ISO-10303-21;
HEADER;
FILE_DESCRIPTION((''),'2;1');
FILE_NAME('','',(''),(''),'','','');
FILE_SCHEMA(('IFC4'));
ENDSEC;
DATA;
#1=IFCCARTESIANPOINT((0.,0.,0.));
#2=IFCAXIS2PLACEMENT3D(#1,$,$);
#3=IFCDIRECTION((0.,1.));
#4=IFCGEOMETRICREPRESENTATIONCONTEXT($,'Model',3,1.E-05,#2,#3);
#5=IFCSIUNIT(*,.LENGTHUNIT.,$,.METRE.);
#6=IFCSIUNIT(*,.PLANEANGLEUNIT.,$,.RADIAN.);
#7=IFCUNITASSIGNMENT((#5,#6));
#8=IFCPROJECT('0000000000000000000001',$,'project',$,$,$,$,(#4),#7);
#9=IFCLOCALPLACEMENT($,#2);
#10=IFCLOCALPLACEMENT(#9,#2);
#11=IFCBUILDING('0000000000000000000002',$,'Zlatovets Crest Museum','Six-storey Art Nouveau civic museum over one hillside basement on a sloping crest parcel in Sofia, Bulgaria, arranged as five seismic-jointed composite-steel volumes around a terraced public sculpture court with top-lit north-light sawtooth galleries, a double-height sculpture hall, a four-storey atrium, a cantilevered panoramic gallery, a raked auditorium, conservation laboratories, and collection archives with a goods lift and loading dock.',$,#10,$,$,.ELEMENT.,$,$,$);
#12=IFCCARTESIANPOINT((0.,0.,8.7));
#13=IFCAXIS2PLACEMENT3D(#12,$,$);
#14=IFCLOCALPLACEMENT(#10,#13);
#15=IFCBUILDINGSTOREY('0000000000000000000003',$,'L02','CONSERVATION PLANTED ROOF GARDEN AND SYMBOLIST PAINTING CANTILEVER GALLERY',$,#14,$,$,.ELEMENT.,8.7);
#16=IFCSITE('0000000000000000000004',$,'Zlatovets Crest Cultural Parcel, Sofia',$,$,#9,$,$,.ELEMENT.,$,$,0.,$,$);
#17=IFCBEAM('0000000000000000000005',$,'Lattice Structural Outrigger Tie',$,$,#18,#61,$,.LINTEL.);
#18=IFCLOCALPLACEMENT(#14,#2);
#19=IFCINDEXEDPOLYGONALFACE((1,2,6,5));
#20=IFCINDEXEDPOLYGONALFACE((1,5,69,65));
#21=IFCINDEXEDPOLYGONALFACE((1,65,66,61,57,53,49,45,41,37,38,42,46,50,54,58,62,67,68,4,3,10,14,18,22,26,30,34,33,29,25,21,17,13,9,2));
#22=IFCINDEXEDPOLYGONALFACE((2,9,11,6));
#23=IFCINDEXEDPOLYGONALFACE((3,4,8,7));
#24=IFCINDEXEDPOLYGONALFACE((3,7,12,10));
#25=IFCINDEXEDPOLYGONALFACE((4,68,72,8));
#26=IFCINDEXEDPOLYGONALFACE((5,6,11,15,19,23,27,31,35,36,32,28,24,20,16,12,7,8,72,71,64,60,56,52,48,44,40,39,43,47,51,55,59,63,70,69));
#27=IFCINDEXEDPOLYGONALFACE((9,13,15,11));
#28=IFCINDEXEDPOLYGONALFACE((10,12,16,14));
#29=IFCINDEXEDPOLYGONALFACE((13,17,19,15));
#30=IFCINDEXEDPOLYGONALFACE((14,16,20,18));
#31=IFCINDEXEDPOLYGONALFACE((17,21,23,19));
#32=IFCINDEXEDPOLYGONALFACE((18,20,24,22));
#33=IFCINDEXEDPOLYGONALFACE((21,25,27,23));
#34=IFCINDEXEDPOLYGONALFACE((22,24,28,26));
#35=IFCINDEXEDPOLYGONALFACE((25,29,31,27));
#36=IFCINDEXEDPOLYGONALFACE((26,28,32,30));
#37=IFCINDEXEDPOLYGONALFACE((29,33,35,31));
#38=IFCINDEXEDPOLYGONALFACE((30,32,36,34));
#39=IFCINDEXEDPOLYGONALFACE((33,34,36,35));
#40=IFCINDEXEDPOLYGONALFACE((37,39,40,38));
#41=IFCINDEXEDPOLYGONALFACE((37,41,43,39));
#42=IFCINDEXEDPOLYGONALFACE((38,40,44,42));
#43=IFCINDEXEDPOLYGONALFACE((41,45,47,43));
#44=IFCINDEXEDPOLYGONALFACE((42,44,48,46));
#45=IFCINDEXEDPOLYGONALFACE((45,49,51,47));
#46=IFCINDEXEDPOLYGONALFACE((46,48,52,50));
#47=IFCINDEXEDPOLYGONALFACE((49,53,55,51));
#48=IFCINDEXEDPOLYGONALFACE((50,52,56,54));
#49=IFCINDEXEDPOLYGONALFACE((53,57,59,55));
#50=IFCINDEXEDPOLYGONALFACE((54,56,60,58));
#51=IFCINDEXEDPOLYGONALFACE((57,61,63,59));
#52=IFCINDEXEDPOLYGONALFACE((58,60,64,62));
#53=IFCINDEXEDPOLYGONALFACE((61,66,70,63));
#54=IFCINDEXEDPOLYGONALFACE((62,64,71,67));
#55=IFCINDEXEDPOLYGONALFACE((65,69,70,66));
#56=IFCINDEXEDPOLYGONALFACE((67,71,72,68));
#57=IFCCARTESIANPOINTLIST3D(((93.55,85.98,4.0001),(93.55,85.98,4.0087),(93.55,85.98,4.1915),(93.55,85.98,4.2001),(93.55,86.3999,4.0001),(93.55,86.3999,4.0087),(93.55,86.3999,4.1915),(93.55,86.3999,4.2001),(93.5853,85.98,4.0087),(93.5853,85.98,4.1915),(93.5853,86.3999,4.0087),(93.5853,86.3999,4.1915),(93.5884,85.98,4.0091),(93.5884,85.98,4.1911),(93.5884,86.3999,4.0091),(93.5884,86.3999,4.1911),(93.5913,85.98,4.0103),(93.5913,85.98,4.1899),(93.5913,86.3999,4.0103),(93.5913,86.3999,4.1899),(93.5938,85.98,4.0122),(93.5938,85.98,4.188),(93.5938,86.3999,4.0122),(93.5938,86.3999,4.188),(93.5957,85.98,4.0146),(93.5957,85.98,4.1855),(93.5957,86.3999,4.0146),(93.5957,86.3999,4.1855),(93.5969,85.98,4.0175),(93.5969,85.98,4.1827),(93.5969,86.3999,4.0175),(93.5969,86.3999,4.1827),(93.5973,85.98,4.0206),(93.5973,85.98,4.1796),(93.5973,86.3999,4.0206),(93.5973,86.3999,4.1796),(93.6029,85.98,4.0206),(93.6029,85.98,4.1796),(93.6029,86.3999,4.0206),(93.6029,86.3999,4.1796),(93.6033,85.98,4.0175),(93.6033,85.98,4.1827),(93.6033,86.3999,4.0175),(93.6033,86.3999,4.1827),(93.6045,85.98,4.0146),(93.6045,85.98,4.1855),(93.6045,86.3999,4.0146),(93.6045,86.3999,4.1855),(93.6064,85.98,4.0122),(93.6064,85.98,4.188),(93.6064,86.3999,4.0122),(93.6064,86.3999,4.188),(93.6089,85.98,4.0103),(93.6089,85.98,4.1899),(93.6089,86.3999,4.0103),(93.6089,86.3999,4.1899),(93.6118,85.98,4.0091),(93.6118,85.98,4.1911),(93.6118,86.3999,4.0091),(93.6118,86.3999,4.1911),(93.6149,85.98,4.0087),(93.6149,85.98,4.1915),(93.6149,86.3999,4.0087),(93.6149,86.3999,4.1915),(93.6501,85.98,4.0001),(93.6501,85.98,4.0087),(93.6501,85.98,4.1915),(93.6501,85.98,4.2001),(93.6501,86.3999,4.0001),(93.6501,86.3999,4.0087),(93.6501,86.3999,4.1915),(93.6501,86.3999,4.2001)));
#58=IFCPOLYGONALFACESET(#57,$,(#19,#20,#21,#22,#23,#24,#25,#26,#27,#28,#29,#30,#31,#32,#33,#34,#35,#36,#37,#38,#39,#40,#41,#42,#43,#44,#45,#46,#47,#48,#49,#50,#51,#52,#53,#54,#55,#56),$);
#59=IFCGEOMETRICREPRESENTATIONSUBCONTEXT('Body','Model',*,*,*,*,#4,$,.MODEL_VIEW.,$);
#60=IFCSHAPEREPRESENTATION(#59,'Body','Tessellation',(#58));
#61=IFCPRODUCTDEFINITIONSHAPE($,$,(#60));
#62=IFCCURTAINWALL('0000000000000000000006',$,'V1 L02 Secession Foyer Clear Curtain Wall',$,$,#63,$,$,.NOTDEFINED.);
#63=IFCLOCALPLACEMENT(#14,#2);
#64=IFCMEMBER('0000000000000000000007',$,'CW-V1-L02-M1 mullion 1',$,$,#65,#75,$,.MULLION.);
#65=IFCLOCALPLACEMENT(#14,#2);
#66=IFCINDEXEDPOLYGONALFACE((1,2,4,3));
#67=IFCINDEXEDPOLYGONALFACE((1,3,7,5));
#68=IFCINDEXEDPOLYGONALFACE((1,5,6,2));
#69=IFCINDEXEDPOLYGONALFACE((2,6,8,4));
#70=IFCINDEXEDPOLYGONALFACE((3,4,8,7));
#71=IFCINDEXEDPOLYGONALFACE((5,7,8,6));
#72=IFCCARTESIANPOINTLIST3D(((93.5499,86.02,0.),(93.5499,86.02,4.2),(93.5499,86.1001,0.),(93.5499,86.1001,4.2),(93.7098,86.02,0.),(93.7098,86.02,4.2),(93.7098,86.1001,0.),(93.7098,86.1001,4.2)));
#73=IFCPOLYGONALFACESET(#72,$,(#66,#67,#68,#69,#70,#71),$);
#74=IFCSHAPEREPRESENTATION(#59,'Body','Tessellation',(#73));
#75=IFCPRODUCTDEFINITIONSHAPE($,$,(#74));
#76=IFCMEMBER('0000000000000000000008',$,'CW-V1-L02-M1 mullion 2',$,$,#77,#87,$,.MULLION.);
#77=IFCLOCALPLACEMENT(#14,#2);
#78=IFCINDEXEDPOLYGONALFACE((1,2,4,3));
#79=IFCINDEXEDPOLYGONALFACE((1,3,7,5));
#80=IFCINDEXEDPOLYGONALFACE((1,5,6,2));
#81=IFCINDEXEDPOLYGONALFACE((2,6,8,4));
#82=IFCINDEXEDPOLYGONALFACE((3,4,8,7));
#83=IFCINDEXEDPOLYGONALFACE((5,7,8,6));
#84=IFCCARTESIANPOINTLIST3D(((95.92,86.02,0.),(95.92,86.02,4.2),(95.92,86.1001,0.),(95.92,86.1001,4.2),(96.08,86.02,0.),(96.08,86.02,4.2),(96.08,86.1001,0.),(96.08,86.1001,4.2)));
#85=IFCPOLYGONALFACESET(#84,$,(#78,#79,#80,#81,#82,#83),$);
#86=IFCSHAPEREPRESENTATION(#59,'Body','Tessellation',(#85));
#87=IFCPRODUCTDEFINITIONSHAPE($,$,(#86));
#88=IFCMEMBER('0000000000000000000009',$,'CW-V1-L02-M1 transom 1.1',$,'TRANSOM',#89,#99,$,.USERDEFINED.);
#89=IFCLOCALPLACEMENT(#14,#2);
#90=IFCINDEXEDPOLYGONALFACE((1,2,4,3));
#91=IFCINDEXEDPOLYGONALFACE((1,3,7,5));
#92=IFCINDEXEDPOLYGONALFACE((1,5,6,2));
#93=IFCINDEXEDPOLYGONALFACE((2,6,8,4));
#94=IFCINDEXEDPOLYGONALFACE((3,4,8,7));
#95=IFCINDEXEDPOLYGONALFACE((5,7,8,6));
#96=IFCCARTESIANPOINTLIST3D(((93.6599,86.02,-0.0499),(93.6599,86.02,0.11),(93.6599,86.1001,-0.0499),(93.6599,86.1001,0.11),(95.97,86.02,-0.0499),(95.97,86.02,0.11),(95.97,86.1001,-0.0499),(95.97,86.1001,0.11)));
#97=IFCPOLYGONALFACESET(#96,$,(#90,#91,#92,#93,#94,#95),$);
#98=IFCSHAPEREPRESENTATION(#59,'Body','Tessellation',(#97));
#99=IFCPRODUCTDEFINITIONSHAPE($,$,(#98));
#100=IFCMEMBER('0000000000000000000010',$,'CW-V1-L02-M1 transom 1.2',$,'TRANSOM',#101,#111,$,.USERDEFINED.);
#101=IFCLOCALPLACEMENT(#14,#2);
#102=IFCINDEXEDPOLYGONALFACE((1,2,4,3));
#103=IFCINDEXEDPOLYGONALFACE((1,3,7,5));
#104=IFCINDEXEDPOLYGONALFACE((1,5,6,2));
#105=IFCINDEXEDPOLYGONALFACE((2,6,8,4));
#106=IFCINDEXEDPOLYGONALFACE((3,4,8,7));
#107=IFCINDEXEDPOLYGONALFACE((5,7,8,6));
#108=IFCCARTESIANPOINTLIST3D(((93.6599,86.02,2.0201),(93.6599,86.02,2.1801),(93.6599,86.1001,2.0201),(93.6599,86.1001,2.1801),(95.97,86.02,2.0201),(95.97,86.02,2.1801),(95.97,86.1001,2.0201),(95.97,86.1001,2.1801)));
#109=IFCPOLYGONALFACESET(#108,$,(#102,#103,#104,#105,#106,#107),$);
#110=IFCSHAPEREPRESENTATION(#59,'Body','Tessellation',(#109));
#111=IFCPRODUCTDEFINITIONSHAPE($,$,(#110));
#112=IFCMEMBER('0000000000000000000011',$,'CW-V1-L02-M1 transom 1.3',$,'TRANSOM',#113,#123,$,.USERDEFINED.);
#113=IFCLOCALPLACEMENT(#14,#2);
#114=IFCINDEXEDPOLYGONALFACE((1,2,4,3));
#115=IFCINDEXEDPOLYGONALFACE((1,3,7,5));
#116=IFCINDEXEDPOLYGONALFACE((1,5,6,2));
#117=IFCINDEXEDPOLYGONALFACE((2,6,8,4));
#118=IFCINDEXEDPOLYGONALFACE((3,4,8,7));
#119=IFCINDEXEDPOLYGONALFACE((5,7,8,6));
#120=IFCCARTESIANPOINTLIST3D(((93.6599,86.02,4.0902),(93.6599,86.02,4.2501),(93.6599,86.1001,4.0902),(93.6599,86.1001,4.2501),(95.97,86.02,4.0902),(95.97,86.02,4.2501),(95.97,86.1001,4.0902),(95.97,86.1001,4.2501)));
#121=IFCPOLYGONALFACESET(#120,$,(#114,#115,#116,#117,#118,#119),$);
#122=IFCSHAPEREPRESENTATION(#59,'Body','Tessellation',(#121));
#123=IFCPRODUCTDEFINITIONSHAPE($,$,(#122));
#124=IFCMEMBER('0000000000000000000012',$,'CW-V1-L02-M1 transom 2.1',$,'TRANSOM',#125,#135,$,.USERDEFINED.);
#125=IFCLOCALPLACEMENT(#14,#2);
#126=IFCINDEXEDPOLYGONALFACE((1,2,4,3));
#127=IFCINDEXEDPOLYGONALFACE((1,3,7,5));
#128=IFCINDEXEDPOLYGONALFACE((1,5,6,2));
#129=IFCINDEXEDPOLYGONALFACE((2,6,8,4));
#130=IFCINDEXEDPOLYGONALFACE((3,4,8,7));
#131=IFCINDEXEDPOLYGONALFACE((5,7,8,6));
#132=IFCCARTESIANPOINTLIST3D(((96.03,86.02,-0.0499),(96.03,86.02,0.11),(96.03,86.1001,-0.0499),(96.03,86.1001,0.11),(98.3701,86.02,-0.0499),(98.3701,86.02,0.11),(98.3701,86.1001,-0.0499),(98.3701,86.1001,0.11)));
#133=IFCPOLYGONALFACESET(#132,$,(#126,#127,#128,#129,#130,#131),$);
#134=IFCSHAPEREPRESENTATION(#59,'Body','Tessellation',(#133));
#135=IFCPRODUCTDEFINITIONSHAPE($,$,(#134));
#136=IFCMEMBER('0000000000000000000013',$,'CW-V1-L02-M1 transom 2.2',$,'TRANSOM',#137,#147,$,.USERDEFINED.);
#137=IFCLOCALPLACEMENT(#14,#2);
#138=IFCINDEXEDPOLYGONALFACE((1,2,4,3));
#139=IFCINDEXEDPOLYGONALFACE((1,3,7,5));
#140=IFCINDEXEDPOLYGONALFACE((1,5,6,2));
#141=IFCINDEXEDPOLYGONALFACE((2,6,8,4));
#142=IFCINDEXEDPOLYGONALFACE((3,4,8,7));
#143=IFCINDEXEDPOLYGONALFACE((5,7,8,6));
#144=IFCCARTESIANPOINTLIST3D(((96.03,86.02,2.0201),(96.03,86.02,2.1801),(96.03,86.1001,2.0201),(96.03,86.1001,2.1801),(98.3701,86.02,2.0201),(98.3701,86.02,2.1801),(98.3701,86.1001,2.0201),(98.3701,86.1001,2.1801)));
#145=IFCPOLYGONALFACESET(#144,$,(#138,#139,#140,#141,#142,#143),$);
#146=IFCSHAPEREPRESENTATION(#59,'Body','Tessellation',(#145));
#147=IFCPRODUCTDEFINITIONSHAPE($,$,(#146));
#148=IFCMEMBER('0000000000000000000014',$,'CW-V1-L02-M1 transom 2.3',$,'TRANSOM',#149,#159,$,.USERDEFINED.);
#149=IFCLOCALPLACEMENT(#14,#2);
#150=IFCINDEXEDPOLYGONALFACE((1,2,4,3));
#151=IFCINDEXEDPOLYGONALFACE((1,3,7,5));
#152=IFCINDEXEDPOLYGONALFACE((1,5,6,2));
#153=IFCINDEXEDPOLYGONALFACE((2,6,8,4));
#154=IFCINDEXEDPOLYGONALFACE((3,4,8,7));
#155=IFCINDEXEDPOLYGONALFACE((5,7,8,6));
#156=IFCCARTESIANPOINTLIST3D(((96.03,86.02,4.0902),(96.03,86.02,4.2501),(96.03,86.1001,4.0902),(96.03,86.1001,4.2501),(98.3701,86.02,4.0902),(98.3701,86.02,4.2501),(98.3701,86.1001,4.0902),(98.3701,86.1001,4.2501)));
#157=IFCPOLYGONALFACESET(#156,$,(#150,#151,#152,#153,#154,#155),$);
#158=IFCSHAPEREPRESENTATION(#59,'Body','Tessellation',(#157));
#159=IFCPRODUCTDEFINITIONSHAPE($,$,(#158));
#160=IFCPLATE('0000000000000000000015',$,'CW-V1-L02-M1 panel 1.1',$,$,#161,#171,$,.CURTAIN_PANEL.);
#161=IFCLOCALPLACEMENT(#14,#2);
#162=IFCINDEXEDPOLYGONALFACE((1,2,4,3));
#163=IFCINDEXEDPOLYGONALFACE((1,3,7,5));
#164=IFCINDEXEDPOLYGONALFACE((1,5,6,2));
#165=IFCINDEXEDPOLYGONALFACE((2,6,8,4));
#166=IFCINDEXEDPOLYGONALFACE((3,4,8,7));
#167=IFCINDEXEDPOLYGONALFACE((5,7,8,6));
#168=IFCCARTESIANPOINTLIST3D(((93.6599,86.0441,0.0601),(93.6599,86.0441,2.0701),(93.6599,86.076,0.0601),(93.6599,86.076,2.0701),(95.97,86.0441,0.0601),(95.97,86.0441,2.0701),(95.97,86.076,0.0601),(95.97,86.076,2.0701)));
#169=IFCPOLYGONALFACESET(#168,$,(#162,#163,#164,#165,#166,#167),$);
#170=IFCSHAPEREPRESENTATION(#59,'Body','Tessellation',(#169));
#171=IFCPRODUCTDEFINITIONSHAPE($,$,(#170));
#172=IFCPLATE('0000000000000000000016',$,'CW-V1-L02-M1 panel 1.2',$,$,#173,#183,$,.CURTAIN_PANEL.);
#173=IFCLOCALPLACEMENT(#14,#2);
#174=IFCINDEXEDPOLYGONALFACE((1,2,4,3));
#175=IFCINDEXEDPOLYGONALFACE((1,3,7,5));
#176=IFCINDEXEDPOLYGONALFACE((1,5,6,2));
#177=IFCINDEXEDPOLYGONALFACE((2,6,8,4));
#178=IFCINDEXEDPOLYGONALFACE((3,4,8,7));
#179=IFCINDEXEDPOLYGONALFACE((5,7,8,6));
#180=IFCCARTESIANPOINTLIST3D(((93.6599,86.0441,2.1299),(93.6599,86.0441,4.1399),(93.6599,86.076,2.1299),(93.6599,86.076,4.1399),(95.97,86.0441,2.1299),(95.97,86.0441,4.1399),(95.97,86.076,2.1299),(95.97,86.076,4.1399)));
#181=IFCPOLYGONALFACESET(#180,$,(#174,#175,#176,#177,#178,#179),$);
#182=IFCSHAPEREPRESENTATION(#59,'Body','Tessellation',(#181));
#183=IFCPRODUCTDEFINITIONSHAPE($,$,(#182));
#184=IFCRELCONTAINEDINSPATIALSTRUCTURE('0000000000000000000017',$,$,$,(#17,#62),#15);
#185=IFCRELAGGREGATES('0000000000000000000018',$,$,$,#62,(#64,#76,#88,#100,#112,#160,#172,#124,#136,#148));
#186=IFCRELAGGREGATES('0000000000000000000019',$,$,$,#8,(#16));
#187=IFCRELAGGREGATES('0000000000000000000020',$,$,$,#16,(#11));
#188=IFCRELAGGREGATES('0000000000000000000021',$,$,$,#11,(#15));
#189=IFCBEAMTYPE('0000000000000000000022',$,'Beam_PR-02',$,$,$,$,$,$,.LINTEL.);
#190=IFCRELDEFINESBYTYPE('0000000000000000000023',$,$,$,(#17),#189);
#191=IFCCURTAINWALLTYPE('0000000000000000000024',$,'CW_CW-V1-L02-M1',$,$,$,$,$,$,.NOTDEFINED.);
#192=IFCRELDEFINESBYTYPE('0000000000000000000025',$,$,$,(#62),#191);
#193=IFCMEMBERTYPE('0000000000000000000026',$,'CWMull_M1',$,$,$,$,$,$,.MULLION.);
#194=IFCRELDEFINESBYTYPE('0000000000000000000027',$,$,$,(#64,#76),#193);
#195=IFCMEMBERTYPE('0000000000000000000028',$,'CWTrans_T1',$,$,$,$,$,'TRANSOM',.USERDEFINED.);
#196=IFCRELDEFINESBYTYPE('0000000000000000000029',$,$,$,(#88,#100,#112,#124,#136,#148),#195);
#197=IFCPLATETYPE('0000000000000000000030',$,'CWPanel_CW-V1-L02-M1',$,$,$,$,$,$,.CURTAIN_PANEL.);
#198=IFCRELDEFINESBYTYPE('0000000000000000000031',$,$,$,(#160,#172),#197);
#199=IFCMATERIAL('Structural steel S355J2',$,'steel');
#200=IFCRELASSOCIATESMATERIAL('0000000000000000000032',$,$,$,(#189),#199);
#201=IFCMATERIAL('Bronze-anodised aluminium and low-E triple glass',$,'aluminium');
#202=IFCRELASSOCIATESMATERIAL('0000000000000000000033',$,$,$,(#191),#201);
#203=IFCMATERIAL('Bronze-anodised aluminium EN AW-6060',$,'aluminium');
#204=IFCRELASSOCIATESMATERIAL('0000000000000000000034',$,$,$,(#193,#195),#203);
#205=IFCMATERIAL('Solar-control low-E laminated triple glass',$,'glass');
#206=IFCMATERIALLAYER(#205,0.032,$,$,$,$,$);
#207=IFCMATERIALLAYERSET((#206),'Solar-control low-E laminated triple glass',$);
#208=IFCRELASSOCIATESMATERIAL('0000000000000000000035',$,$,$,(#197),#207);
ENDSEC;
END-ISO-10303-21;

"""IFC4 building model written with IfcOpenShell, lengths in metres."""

from ifc_helpers import new_model, si_unit, direction, frame, origin, origin_2d, place, context, subcontext, project, spatial, rectangle, i_section, extrude, material, layer, layer_set, material_profile, profile_set, type_object, element, aggregate, save


model = new_model("IFC4")

# Units and contexts
model_context = context("Model", 3, precision=1e-05, world=origin(), true_north=direction((0.0, 1.0)))
body_context = subcontext(model_context, "Body", "Model", "MODEL_VIEW")
ifc_project = project(units=[si_unit("LENGTHUNIT", "METRE"), si_unit("PLANEANGLEUNIT", "RADIAN")], contexts=[model_context])

# Site, building, storey
site_placement = place(None, origin())
site = spatial("IfcSite", under=ifc_project, at=site_placement, Name="Zlatovets Crest Cultural Parcel, Sofia", CompositionType="ELEMENT", RefElevation=0.0)
building_placement = place(site_placement, origin())
building = spatial("IfcBuilding", under=site, at=building_placement, Name="Zlatovets Crest Museum", Description="Six-storey Art Nouveau civic museum over one hillside basement on a sloping crest parcel in Sofia, Bulgaria, arranged as five seismic-jointed composite-steel volumes around a terraced public sculpture court with top-lit north-light sawtooth galleries, a double-height sculpture hall, a four-storey atrium, a cantilevered panoramic gallery, a raked auditorium, conservation laboratories, and collection archives with a goods lift and loading dock.", CompositionType="ELEMENT")
storey_placement = place(building_placement, frame((0.0, 0.0, 8.7)))
storey = spatial("IfcBuildingStorey", under=building, at=storey_placement, Name="L02", Description="CONSERVATION PLANTED ROOF GARDEN AND SYMBOLIST PAINTING CANTILEVER GALLERY", CompositionType="ELEMENT", Elevation=8.7)

# Shared definitions
ifc_material_1 = material(Name="Structural steel S355J2", Category="steel")

# Beam
ifc_material_profile_1 = material_profile(ifc_material_1, i_section(OverallWidth=0.1001, OverallDepth=0.2, WebThickness=0.0056, FlangeThickness=0.0085, FilletRadius=0.012, at=origin_2d()), Name="IPE 200")
ifc_profile_set_1 = profile_set([ifc_material_profile_1], Name="Structural steel S355J2")
beam_type_1 = type_object("IfcBeamType", Name="Beam_PR-02", PredefinedType="LINTEL", material=ifc_profile_set_1)
for number, where, z_axis, x_axis, name in (
    (1, (93.6001, 86.3999, 4.1001), (0.0, -1.0, 0.0), (1.0, 0.0, 0.0), "Lattice Structural Outrigger Tie"),
):
    element("IfcBeam", number, at=place(storey_placement, frame(where, z_axis=z_axis, x_axis=x_axis)), inside=storey, type_object=beam_type_1, Name=name, PredefinedType="LINTEL", context=body_context, shape_type="SweptSolid", body=[
        extrude(i_section(OverallWidth=0.1001, OverallDepth=0.2, WebThickness=0.0056, FlangeThickness=0.0085, FilletRadius=0.012, at=origin_2d()), origin(), (0.0, 0.0, 1.0), 0.4199),
    ])

# Curtain wall, members, plates
ifc_material_2 = material(Name="Bronze-anodised aluminium and low-E triple glass", Category="aluminium")
curtain_wall_type = type_object("IfcCurtainWallType", Name="CW_CW-V1-L02-M1", PredefinedType="NOTDEFINED", material=ifc_material_2)
curtain_wall_placement = place(storey_placement, origin())
curtain_wall = element("IfcCurtainWall", 2, at=curtain_wall_placement, inside=storey, type_object=curtain_wall_type, Name="V1 L02 Secession Foyer Clear Curtain Wall", PredefinedType="NOTDEFINED")
ifc_material_3 = material(Name="Bronze-anodised aluminium EN AW-6060", Category="aluminium")
ifc_material_profile_2 = material_profile(ifc_material_3, rectangle(XDim=0.0801, YDim=0.1599, at=origin_2d()), Name="ALU 80x160")
ifc_profile_set_2 = profile_set([ifc_material_profile_2], Name="Bronze-anodised aluminium EN AW-6060")
member_type_1 = type_object("IfcMemberType", Name="CWMull_M1", PredefinedType="MULLION", material=ifc_profile_set_2)
member_1_placement = place(storey_placement, frame((93.6299, 86.0601, 0.0), z_axis=(0.0, 0.0, 1.0), x_axis=(0.0, 1.0, 0.0)))
member_1 = element("IfcMember", 3, at=member_1_placement, type_object=member_type_1, Name="CW-V1-L02-M1 mullion 1", PredefinedType="MULLION", context=body_context, shape_type="SweptSolid", body=[
    extrude(rectangle(XDim=0.0801, YDim=0.1599, at=origin_2d()), origin(), (0.0, 0.0, 1.0), 4.2),
])
member_2_placement = place(storey_placement, frame((96.0, 86.0601, 0.0), z_axis=(0.0, 0.0, 1.0), x_axis=(0.0, 1.0, 0.0)))
member_2 = element("IfcMember", 4, at=member_2_placement, type_object=member_type_1, Name="CW-V1-L02-M1 mullion 2", PredefinedType="MULLION", context=body_context, shape_type="SweptSolid", body=[
    extrude(rectangle(XDim=0.0801, YDim=0.1599, at=origin_2d()), origin(), (0.0, 0.0, 1.0), 4.2),
])
ifc_material_profile_3 = material_profile(ifc_material_3, rectangle(XDim=0.0801, YDim=0.1599, at=origin_2d()), Name="ALU 80x160")
ifc_profile_set_3 = profile_set([ifc_material_profile_3], Name="Bronze-anodised aluminium EN AW-6060")
member_type_2 = type_object("IfcMemberType", Name="CWTrans_T1", ElementType="TRANSOM", PredefinedType="USERDEFINED", material=ifc_profile_set_3)
member_3_placement = place(storey_placement, frame((93.6599, 86.0601, 0.03), z_axis=(1.0, 0.0, 0.0), x_axis=(0.0, 1.0, 0.0)))
member_3 = element("IfcMember", 5, at=member_3_placement, type_object=member_type_2, Name="CW-V1-L02-M1 transom 1.1", ObjectType="TRANSOM", PredefinedType="USERDEFINED", context=body_context, shape_type="SweptSolid", body=[
    extrude(rectangle(XDim=0.0801, YDim=0.1599, at=origin_2d()), origin(), (0.0, 0.0, 1.0), 2.3101),
])
member_4_placement = place(storey_placement, frame((93.6599, 86.0601, 2.1001), z_axis=(1.0, 0.0, 0.0), x_axis=(0.0, 1.0, 0.0)))
member_4 = element("IfcMember", 6, at=member_4_placement, type_object=member_type_2, Name="CW-V1-L02-M1 transom 1.2", ObjectType="TRANSOM", PredefinedType="USERDEFINED", context=body_context, shape_type="SweptSolid", body=[
    extrude(rectangle(XDim=0.0801, YDim=0.1599, at=origin_2d()), origin(), (0.0, 0.0, 1.0), 2.3101),
])
member_5_placement = place(storey_placement, frame((93.6599, 86.0601, 4.1702), z_axis=(1.0, 0.0, 0.0), x_axis=(0.0, 1.0, 0.0)))
member_5 = element("IfcMember", 7, at=member_5_placement, type_object=member_type_2, Name="CW-V1-L02-M1 transom 1.3", ObjectType="TRANSOM", PredefinedType="USERDEFINED", context=body_context, shape_type="SweptSolid", body=[
    extrude(rectangle(XDim=0.0801, YDim=0.1599, at=origin_2d()), origin(), (0.0, 0.0, 1.0), 2.3101),
])
member_6_placement = place(storey_placement, frame((96.03, 86.0601, 0.03), z_axis=(1.0, 0.0, 0.0), x_axis=(0.0, 1.0, 0.0)))
member_6 = element("IfcMember", 8, at=member_6_placement, type_object=member_type_2, Name="CW-V1-L02-M1 transom 2.1", ObjectType="TRANSOM", PredefinedType="USERDEFINED", context=body_context, shape_type="SweptSolid", body=[
    extrude(rectangle(XDim=0.0801, YDim=0.1599, at=origin_2d()), origin(), (0.0, 0.0, 1.0), 2.3401),
])
member_7_placement = place(storey_placement, frame((96.03, 86.0601, 2.1001), z_axis=(1.0, 0.0, 0.0), x_axis=(0.0, 1.0, 0.0)))
member_7 = element("IfcMember", 9, at=member_7_placement, type_object=member_type_2, Name="CW-V1-L02-M1 transom 2.2", ObjectType="TRANSOM", PredefinedType="USERDEFINED", context=body_context, shape_type="SweptSolid", body=[
    extrude(rectangle(XDim=0.0801, YDim=0.1599, at=origin_2d()), origin(), (0.0, 0.0, 1.0), 2.3401),
])
member_8_placement = place(storey_placement, frame((96.03, 86.0601, 4.1702), z_axis=(1.0, 0.0, 0.0), x_axis=(0.0, 1.0, 0.0)))
member_8 = element("IfcMember", 10, at=member_8_placement, type_object=member_type_2, Name="CW-V1-L02-M1 transom 2.3", ObjectType="TRANSOM", PredefinedType="USERDEFINED", context=body_context, shape_type="SweptSolid", body=[
    extrude(rectangle(XDim=0.0801, YDim=0.1599, at=origin_2d()), origin(), (0.0, 0.0, 1.0), 2.3401),
])
ifc_material_4 = material(Name="Solar-control low-E laminated triple glass", Category="glass")
ifc_layer_1 = layer(ifc_material_4, 0.032)
ifc_layer_set_1 = layer_set([ifc_layer_1], Name="Solar-control low-E laminated triple glass")
plate_type = type_object("IfcPlateType", Name="CWPanel_CW-V1-L02-M1", PredefinedType="CURTAIN_PANEL", material=ifc_layer_set_1)
plate_1_placement = place(storey_placement, frame((94.8149, 86.0601, 0.0601), z_axis=(0.0, 0.0, 1.0), x_axis=(1.0, 0.0, 0.0)))
plate_1 = element("IfcPlate", 11, at=plate_1_placement, type_object=plate_type, Name="CW-V1-L02-M1 panel 1.1", PredefinedType="CURTAIN_PANEL", context=body_context, shape_type="SweptSolid", body=[
    extrude(rectangle(XDim=2.3101, YDim=0.032, at=origin_2d()), origin(), (0.0, 0.0, 1.0), 2.01),
])
plate_2_placement = place(storey_placement, frame((94.8149, 86.0601, 2.1299), z_axis=(0.0, 0.0, 1.0), x_axis=(1.0, 0.0, 0.0)))
plate_2 = element("IfcPlate", 12, at=plate_2_placement, type_object=plate_type, Name="CW-V1-L02-M1 panel 1.2", PredefinedType="CURTAIN_PANEL", context=body_context, shape_type="SweptSolid", body=[
    extrude(rectangle(XDim=2.3101, YDim=0.032, at=origin_2d()), origin(), (0.0, 0.0, 1.0), 2.01),
])
aggregate(curtain_wall, [member_1, member_2, member_3, member_4, member_5, plate_1, plate_2, member_6, member_7, member_8])

save(model, "model.ifc")
